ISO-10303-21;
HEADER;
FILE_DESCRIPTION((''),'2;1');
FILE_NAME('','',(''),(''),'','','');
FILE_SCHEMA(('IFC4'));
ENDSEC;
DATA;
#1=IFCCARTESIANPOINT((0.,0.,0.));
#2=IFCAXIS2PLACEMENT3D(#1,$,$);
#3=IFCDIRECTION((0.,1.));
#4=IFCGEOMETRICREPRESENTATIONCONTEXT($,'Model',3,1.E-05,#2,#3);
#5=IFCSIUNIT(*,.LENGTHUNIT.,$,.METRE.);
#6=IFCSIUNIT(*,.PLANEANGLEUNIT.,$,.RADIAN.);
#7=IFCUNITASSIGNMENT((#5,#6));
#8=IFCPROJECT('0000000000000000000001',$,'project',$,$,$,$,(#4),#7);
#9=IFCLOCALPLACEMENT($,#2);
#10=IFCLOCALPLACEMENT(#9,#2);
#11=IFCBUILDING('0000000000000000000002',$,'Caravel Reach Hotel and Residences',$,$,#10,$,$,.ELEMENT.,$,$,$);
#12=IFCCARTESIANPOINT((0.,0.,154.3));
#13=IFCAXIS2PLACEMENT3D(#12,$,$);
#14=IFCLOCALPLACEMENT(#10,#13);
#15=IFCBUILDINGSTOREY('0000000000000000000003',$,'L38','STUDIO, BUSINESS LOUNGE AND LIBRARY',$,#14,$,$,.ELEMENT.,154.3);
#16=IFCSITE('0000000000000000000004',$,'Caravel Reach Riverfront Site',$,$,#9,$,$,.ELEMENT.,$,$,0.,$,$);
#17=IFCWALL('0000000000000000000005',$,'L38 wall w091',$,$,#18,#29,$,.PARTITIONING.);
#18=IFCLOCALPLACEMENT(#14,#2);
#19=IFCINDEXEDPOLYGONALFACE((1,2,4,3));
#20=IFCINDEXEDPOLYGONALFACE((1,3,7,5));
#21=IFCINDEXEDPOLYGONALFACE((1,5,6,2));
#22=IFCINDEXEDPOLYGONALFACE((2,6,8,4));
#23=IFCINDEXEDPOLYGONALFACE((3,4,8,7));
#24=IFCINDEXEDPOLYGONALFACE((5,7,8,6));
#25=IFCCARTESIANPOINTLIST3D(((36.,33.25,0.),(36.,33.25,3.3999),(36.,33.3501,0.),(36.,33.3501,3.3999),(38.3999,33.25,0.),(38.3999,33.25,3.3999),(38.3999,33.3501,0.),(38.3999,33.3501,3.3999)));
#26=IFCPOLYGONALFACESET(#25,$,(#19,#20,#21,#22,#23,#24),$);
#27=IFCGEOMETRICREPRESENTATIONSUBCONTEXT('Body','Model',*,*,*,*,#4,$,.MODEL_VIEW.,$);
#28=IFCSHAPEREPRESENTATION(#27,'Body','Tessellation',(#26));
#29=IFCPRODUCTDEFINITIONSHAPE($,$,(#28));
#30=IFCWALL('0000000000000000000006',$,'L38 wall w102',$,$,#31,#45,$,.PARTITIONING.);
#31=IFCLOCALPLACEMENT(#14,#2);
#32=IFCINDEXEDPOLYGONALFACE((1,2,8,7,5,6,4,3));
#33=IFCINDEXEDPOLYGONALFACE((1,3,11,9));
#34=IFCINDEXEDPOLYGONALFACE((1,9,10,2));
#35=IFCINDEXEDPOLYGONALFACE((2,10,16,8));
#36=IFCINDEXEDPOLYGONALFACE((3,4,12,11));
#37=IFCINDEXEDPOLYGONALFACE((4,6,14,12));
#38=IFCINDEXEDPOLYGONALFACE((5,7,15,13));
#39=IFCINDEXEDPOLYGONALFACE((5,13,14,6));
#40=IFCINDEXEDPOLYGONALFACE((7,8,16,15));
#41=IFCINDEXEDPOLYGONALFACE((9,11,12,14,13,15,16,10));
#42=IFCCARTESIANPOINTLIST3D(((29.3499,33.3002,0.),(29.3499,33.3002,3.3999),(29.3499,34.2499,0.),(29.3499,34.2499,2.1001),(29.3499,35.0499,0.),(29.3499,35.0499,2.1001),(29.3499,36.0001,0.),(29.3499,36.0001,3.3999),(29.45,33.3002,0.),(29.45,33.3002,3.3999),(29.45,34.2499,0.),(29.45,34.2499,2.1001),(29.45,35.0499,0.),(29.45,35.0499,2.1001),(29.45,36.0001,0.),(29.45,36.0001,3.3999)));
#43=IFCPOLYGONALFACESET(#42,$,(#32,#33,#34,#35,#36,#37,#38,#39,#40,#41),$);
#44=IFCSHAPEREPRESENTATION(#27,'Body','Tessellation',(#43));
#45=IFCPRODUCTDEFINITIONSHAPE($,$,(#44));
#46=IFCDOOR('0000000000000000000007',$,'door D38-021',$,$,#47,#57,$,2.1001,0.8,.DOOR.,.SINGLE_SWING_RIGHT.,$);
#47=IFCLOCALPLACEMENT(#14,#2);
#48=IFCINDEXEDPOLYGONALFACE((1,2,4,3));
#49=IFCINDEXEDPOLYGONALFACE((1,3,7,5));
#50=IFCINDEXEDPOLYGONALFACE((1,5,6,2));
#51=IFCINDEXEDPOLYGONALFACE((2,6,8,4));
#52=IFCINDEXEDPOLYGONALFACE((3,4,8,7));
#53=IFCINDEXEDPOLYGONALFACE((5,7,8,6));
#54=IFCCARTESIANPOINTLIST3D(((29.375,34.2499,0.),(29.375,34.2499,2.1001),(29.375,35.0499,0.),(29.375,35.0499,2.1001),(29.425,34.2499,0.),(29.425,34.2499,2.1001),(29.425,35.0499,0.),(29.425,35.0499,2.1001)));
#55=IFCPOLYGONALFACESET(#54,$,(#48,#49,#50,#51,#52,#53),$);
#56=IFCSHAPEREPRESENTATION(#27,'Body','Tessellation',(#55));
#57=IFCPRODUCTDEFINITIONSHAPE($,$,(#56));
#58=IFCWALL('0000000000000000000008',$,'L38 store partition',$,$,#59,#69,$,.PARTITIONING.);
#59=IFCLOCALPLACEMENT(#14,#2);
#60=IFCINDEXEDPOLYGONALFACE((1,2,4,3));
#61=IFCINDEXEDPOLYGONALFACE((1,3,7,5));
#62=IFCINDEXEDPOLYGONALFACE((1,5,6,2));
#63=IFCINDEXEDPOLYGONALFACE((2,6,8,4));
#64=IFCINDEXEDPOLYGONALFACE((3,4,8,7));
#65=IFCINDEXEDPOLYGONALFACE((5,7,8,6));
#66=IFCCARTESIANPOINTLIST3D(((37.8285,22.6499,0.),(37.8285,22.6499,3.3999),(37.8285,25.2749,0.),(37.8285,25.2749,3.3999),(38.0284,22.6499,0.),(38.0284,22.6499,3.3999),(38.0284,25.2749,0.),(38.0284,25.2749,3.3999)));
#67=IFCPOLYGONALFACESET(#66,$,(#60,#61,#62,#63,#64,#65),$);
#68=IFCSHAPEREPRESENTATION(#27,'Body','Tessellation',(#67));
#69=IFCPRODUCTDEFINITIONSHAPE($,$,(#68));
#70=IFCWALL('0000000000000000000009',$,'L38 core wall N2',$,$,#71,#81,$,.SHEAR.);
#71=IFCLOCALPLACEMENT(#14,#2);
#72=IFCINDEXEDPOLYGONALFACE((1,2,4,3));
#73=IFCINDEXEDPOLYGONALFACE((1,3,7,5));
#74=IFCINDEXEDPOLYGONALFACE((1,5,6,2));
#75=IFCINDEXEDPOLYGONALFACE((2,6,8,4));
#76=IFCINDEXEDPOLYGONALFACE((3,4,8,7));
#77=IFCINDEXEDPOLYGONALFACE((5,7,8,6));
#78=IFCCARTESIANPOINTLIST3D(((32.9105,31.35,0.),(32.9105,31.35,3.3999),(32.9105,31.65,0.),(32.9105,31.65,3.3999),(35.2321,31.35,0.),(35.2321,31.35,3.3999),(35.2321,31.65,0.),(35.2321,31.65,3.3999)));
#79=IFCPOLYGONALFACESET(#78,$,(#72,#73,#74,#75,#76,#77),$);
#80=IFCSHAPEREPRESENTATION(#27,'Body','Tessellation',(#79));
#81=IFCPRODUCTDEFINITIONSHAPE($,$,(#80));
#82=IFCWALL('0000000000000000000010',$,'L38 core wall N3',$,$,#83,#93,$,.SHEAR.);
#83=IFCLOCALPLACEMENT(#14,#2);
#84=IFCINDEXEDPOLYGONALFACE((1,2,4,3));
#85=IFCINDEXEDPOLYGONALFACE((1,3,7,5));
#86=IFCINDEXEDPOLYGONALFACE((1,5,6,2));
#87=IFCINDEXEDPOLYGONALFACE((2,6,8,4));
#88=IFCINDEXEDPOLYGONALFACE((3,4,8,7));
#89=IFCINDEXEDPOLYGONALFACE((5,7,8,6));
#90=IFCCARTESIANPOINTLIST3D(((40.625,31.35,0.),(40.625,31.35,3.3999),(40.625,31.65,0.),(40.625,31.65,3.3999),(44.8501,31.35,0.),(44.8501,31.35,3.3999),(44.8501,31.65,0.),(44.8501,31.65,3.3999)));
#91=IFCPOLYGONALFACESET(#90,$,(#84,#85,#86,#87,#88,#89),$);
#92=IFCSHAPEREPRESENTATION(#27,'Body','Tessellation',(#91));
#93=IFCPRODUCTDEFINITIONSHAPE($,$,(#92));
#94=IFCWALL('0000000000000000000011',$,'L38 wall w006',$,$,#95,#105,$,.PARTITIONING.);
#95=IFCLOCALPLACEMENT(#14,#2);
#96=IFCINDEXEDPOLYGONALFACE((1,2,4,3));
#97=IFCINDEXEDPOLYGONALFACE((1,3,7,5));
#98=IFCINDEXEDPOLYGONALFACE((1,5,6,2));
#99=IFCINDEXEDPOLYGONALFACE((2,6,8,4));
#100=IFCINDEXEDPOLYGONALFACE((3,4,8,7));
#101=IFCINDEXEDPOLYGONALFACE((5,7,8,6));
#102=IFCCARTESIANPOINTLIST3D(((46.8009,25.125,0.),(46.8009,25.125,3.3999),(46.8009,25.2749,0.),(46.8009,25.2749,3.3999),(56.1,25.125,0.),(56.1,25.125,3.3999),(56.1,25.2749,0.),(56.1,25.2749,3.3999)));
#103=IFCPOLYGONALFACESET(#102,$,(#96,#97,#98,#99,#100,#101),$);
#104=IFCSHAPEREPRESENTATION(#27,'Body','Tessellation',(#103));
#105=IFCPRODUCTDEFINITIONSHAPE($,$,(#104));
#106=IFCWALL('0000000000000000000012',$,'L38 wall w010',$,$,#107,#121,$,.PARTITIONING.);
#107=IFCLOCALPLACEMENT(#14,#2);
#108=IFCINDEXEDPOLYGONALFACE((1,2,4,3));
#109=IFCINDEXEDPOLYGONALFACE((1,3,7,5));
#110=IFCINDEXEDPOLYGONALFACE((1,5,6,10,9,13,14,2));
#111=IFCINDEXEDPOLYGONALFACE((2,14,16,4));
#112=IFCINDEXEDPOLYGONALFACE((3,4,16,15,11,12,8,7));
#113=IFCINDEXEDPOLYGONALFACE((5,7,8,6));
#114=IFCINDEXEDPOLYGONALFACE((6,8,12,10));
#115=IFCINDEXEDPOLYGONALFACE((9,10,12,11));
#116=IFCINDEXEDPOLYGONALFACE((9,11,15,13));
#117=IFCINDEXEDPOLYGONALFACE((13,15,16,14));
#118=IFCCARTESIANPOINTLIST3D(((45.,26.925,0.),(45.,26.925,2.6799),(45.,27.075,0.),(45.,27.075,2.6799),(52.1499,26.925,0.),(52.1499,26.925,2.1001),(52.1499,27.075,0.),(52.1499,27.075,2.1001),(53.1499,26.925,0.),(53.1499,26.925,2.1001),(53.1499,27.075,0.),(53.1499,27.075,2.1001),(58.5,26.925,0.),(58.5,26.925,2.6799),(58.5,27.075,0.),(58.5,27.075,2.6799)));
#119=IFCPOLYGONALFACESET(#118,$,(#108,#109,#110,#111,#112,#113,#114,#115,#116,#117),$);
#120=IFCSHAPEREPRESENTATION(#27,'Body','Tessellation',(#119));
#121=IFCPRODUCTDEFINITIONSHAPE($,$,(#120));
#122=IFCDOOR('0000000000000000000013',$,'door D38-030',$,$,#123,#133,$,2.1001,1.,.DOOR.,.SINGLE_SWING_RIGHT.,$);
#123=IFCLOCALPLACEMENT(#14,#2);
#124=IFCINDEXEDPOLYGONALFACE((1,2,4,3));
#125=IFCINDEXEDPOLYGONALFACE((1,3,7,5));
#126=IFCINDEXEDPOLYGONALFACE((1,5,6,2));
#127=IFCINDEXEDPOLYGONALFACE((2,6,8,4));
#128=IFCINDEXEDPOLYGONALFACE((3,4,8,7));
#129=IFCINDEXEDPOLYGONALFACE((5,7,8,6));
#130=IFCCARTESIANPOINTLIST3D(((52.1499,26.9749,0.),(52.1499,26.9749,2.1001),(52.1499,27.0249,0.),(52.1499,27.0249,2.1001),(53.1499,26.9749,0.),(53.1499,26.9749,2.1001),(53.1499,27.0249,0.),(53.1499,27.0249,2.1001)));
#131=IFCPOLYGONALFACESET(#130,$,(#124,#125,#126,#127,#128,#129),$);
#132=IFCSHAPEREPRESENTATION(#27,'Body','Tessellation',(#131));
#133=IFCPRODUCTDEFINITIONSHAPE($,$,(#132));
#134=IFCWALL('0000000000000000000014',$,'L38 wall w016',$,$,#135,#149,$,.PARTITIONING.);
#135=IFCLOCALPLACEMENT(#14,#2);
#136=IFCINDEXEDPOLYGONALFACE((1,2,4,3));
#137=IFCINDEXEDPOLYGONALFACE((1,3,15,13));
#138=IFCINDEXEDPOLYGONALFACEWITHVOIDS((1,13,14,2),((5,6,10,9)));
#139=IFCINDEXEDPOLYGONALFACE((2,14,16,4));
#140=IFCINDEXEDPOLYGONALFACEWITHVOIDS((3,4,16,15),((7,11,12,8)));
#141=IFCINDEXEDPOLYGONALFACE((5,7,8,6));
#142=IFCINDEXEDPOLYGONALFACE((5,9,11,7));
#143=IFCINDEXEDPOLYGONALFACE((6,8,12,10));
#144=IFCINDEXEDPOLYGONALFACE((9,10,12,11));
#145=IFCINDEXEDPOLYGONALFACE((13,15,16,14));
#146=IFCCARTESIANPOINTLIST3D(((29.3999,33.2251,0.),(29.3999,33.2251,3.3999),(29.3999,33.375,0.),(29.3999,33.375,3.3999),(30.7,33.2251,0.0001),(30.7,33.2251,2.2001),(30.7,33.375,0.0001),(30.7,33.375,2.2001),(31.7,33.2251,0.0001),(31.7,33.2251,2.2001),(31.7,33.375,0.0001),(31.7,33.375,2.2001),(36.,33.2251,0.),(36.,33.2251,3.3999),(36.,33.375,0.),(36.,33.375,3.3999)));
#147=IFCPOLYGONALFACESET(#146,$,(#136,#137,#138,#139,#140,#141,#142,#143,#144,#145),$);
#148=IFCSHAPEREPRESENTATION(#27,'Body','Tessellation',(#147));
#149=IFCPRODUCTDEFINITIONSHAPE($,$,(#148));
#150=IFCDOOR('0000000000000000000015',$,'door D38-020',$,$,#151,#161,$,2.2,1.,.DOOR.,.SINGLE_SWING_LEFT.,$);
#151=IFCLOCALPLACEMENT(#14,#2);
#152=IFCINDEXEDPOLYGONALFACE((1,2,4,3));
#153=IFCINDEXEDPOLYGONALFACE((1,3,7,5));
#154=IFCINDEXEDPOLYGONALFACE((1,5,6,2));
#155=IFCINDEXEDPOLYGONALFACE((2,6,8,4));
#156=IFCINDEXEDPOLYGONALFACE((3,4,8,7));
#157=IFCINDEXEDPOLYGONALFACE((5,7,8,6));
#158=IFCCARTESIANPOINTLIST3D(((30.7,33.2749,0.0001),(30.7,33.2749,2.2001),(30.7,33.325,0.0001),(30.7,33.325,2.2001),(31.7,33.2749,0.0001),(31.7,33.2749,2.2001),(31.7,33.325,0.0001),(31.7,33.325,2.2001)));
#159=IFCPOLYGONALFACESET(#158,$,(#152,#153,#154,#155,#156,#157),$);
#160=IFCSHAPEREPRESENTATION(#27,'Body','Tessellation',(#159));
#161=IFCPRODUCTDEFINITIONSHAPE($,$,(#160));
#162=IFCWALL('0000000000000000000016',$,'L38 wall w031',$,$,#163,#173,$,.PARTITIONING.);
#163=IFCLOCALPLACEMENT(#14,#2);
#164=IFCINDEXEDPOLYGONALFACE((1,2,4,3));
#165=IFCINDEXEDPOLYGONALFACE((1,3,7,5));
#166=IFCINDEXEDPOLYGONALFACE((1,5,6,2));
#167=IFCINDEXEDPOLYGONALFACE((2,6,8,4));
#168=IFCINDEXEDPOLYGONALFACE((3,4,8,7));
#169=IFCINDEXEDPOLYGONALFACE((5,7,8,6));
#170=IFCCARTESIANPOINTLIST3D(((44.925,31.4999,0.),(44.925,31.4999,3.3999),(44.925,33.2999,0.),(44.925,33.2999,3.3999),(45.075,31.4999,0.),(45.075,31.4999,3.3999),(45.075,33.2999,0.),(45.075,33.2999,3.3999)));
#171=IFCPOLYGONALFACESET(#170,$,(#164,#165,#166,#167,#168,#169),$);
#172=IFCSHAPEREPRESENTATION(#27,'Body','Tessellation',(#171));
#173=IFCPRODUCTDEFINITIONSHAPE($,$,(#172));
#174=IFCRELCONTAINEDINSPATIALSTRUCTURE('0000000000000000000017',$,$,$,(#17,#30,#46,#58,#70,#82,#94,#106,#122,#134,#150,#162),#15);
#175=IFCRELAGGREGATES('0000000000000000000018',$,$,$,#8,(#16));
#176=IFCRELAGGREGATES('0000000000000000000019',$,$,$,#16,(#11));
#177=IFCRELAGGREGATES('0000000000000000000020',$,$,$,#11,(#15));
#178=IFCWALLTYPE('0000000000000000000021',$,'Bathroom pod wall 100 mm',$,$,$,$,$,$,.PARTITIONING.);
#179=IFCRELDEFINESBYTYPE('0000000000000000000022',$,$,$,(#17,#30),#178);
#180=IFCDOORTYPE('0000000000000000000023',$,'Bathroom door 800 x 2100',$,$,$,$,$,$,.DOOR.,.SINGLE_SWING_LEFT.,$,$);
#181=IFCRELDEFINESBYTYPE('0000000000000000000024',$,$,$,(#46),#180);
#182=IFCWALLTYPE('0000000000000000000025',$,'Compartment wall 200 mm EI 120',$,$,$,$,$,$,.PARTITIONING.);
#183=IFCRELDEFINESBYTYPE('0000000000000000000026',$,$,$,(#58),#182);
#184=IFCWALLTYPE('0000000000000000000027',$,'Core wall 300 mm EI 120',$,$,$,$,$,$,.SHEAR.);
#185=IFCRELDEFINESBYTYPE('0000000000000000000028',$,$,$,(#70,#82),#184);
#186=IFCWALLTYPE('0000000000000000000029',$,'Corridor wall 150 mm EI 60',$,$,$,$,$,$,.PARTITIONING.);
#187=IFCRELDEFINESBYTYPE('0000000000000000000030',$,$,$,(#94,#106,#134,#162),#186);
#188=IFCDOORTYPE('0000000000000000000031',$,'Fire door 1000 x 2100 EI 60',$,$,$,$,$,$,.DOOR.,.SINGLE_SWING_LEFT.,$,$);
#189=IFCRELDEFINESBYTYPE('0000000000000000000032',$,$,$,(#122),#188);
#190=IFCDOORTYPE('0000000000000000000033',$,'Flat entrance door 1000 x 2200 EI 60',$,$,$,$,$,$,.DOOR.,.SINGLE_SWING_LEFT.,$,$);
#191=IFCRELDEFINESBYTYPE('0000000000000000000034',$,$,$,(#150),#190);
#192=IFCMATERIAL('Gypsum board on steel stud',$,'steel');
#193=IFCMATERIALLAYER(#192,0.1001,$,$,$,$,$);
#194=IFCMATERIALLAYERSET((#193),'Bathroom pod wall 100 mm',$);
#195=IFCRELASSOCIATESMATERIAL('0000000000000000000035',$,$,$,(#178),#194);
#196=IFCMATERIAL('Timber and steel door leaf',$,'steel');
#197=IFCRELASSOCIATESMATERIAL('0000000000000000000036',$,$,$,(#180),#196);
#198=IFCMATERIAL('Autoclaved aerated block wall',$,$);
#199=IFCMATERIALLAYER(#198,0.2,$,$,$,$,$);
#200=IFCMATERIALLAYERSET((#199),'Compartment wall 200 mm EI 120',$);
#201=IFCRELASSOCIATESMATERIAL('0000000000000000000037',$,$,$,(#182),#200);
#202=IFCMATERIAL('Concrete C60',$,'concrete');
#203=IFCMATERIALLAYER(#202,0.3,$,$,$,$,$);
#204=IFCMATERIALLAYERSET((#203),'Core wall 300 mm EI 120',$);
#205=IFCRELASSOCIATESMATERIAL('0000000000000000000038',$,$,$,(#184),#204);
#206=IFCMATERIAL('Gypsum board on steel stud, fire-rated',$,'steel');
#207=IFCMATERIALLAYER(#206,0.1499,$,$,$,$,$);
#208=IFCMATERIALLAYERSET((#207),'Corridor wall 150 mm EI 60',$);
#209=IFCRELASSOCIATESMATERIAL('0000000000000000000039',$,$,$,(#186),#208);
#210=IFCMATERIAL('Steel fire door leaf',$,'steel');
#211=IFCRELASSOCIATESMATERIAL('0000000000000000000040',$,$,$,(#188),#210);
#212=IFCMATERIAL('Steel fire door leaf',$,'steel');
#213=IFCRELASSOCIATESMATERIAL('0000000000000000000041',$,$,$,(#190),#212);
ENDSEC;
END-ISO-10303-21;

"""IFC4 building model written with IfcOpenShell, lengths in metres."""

from ifc_helpers import new_model, si_unit, direction, frame, frame_2d, origin, place, context, subcontext, project, spatial, rectangle, extrude, material, layer, layer_set, type_object, element, fill, save


model = new_model("IFC4")

# Units and contexts
model_context = context("Model", 3, precision=1e-05, world=origin(), true_north=direction((0.0, 1.0)))
body_context = subcontext(model_context, "Body", "Model", "MODEL_VIEW")
ifc_project = project(units=[si_unit("LENGTHUNIT", "METRE"), si_unit("PLANEANGLEUNIT", "RADIAN")], contexts=[model_context])

# Site, building, storey
site_placement = place(None, origin())
site = spatial("IfcSite", under=ifc_project, at=site_placement, Name="Caravel Reach Riverfront Site", CompositionType="ELEMENT", RefElevation=0.0)
building_placement = place(site_placement, origin())
building = spatial("IfcBuilding", under=site, at=building_placement, Name="Caravel Reach Hotel and Residences", CompositionType="ELEMENT")
storey_placement = place(building_placement, frame((0.0, 0.0, 154.3)))
storey = spatial("IfcBuildingStorey", under=building, at=storey_placement, Name="L38", Description="STUDIO, BUSINESS LOUNGE AND LIBRARY", CompositionType="ELEMENT", Elevation=154.3)

# Wall
ifc_material_1 = material(Name="Gypsum board on steel stud", Category="steel")
ifc_layer_1 = layer(ifc_material_1, 0.1001)
ifc_layer_set_1 = layer_set([ifc_layer_1], Name="Bathroom pod wall 100 mm")
wall_type_1 = type_object("IfcWallType", Name="Bathroom pod wall 100 mm", PredefinedType="PARTITIONING", material=ifc_layer_set_1)
wall_1_placement = place(storey_placement, frame((36.0, 33.3, 0.0), z_axis=(0.0, 0.0, 1.0), x_axis=(1.0, 0.0, 0.0)))
element("IfcWall", 1, at=wall_1_placement, inside=storey, type_object=wall_type_1, Name="L38 wall w091", PredefinedType="PARTITIONING", context=body_context, shape_type="SweptSolid", body=[
    extrude(rectangle(XDim=2.3999, YDim=0.1001, at=frame_2d((1.2, 0.0))), origin(), (0.0, 0.0, 1.0), 3.3999),
])

# Wall, opening, door
wall_2_placement = place(storey_placement, frame((29.3999, 33.3, 0.0), z_axis=(0.0, 0.0, 1.0), x_axis=(0.0, 1.0, 0.0)))
wall_2 = element("IfcWall", 2, at=wall_2_placement, inside=storey, type_object=wall_type_1, Name="L38 wall w102", PredefinedType="PARTITIONING", context=body_context, shape_type="SweptSolid", body=[
    extrude(rectangle(XDim=2.7, YDim=0.1001, at=frame_2d((1.3501, 0.0))), origin(), (0.0, 0.0, 1.0), 3.3999),
])
opening_1_placement = place(wall_2_placement, frame((0.95, 0.0, 0.0)))
opening_1 = element("IfcOpeningElement", 3, at=opening_1_placement, cuts=wall_2, PredefinedType="OPENING", context=body_context, shape_type="SweptSolid", body=[
    extrude(rectangle(XDim=0.8, YDim=2.1001, at=frame_2d((0.3999, 1.05))), frame((0.0, 0.0601, 0.0), z_axis=(0.0, -1.0, 0.0), x_axis=(1.0, 0.0, 0.0)), (0.0, 0.0, 1.0), 0.1201),
])
ifc_material_2 = material(Name="Timber and steel door leaf", Category="steel")
door_type_1 = type_object("IfcDoorType", Name="Bathroom door 800 x 2100", OperationType="SINGLE_SWING_LEFT", PredefinedType="DOOR", material=ifc_material_2)
door_1_placement = place(opening_1_placement, origin())
door_1 = element("IfcDoor", 4, at=door_1_placement, inside=storey, type_object=door_type_1, Name="door D38-021", OperationType="SINGLE_SWING_RIGHT", OverallHeight=2.1001, OverallWidth=0.8, PredefinedType="DOOR", context=body_context, shape_type="SweptSolid", body=[
    extrude(rectangle(XDim=0.8, YDim=2.1001, at=frame_2d((0.3999, 1.05))), frame((0.0, 0.0249, 0.0), z_axis=(0.0, -1.0, 0.0), x_axis=(1.0, 0.0, 0.0)), (0.0, 0.0, 1.0), 0.05),
])
fill(opening_1, door_1)

# Walls
ifc_material_3 = material(Name="Autoclaved aerated block wall")
ifc_layer_2 = layer(ifc_material_3, 0.2)
ifc_layer_set_2 = layer_set([ifc_layer_2], Name="Compartment wall 200 mm EI 120")
wall_type_2 = type_object("IfcWallType", Name="Compartment wall 200 mm EI 120", PredefinedType="PARTITIONING", material=ifc_layer_set_2)
wall_3_placement = place(storey_placement, frame((37.9285, 22.6499, 0.0), z_axis=(0.0, 0.0, 1.0), x_axis=(0.0, 1.0, 0.0)))
element("IfcWall", 5, at=wall_3_placement, inside=storey, type_object=wall_type_2, Name="L38 store partition", PredefinedType="PARTITIONING", context=body_context, shape_type="SweptSolid", body=[
    extrude(rectangle(XDim=2.625, YDim=0.2, at=frame_2d((1.3125, 0.0))), origin(), (0.0, 0.0, 1.0), 3.3999),
])
ifc_material_4 = material(Name="Concrete C60", Category="concrete")
ifc_layer_3 = layer(ifc_material_4, 0.3)
ifc_layer_set_3 = layer_set([ifc_layer_3], Name="Core wall 300 mm EI 120")
wall_type_3 = type_object("IfcWallType", Name="Core wall 300 mm EI 120", PredefinedType="SHEAR", material=ifc_layer_set_3)
wall_4_placement = place(storey_placement, frame((32.9106, 31.5, 0.0), z_axis=(0.0, 0.0, 1.0), x_axis=(1.0, 0.0, 0.0)))
element("IfcWall", 6, at=wall_4_placement, inside=storey, type_object=wall_type_3, Name="L38 core wall N2", PredefinedType="SHEAR", context=body_context, shape_type="SweptSolid", body=[
    extrude(rectangle(XDim=2.3215, YDim=0.3, at=frame_2d((1.1606, 0.0))), origin(), (0.0, 0.0, 1.0), 3.3999),
])
wall_5_placement = place(storey_placement, frame((40.625, 31.5, 0.0), z_axis=(0.0, 0.0, 1.0), x_axis=(1.0, 0.0, 0.0)))
element("IfcWall", 7, at=wall_5_placement, inside=storey, type_object=wall_type_3, Name="L38 core wall N3", PredefinedType="SHEAR", context=body_context, shape_type="SweptSolid", body=[
    extrude(rectangle(XDim=4.2251, YDim=0.3, at=frame_2d((2.1125, 0.0))), origin(), (0.0, 0.0, 1.0), 3.3999),
])
ifc_material_5 = material(Name="Gypsum board on steel stud, fire-rated", Category="steel")
ifc_layer_4 = layer(ifc_material_5, 0.1499)
ifc_layer_set_4 = layer_set([ifc_layer_4], Name="Corridor wall 150 mm EI 60")
wall_type_4 = type_object("IfcWallType", Name="Corridor wall 150 mm EI 60", PredefinedType="PARTITIONING", material=ifc_layer_set_4)
wall_6_placement = place(storey_placement, frame((46.801, 25.2, 0.0), z_axis=(0.0, 0.0, 1.0), x_axis=(1.0, 0.0, 0.0)))
element("IfcWall", 8, at=wall_6_placement, inside=storey, type_object=wall_type_4, Name="L38 wall w006", PredefinedType="PARTITIONING", context=body_context, shape_type="SweptSolid", body=[
    extrude(rectangle(XDim=9.2991, YDim=0.1499, at=frame_2d((4.6494, 0.0))), origin(), (0.0, 0.0, 1.0), 3.3999),
])

# Walls, openings, doors
wall_7_placement = place(storey_placement, frame((45.0, 27.0, 0.0), z_axis=(0.0, 0.0, 1.0), x_axis=(1.0, 0.0, 0.0)))
wall_7 = element("IfcWall", 9, at=wall_7_placement, inside=storey, type_object=wall_type_4, Name="L38 wall w010", PredefinedType="PARTITIONING", context=body_context, shape_type="SweptSolid", body=[
    extrude(rectangle(XDim=13.5, YDim=0.1499, at=frame_2d((6.75, 0.0))), origin(), (0.0, 0.0, 1.0), 2.6799),
])
opening_2_placement = place(wall_7_placement, frame((7.1499, 0.0, 0.0)))
opening_2 = element("IfcOpeningElement", 10, at=opening_2_placement, cuts=wall_7, PredefinedType="OPENING", context=body_context, shape_type="SweptSolid", body=[
    extrude(rectangle(XDim=1.0, YDim=2.1001, at=frame_2d((0.5, 1.05))), frame((0.0, 0.085, 0.0), z_axis=(0.0, -1.0, 0.0), x_axis=(1.0, 0.0, 0.0)), (0.0, 0.0, 1.0), 0.1699),
])
ifc_material_6 = material(Name="Steel fire door leaf", Category="steel")
door_type_2 = type_object("IfcDoorType", Name="Fire door 1000 x 2100 EI 60", OperationType="SINGLE_SWING_LEFT", PredefinedType="DOOR", material=ifc_material_6)
door_2_placement = place(opening_2_placement, origin())
door_2 = element("IfcDoor", 11, at=door_2_placement, inside=storey, type_object=door_type_2, Name="door D38-030", OperationType="SINGLE_SWING_RIGHT", OverallHeight=2.1001, OverallWidth=1.0, PredefinedType="DOOR", context=body_context, shape_type="SweptSolid", body=[
    extrude(rectangle(XDim=1.0, YDim=2.1001, at=frame_2d((0.5, 1.05))), frame((0.0, 0.0249, 0.0), z_axis=(0.0, -1.0, 0.0), x_axis=(1.0, 0.0, 0.0)), (0.0, 0.0, 1.0), 0.05),
])
fill(opening_2, door_2)
wall_8_placement = place(storey_placement, frame((29.3999, 33.3, 0.0), z_axis=(0.0, 0.0, 1.0), x_axis=(1.0, 0.0, 0.0)))
wall_8 = element("IfcWall", 12, at=wall_8_placement, inside=storey, type_object=wall_type_4, Name="L38 wall w016", PredefinedType="PARTITIONING", context=body_context, shape_type="SweptSolid", body=[
    extrude(rectangle(XDim=6.6001, YDim=0.1499, at=frame_2d((3.3, 0.0))), origin(), (0.0, 0.0, 1.0), 3.3999),
])
opening_3_placement = place(wall_8_placement, frame((1.3, 0.0, 0.0)))
opening_3 = element("IfcOpeningElement", 13, at=opening_3_placement, cuts=wall_8, PredefinedType="OPENING", context=body_context, shape_type="SweptSolid", body=[
    extrude(rectangle(XDim=1.0, YDim=2.2, at=frame_2d((0.5, 1.1001))), frame((0.0, 0.085, 0.0), z_axis=(0.0, -1.0, 0.0), x_axis=(1.0, 0.0, 0.0)), (0.0, 0.0, 1.0), 0.1699),
])
ifc_material_7 = material(Name="Steel fire door leaf", Category="steel")
door_type_3 = type_object("IfcDoorType", Name="Flat entrance door 1000 x 2200 EI 60", OperationType="SINGLE_SWING_LEFT", PredefinedType="DOOR", material=ifc_material_7)
door_3_placement = place(opening_3_placement, origin())
door_3 = element("IfcDoor", 14, at=door_3_placement, inside=storey, type_object=door_type_3, Name="door D38-020", OperationType="SINGLE_SWING_LEFT", OverallHeight=2.2, OverallWidth=1.0, PredefinedType="DOOR", context=body_context, shape_type="SweptSolid", body=[
    extrude(rectangle(XDim=1.0, YDim=2.2, at=frame_2d((0.5, 1.1001))), frame((0.0, 0.0249, 0.0), z_axis=(0.0, -1.0, 0.0), x_axis=(1.0, 0.0, 0.0)), (0.0, 0.0, 1.0), 0.05),
])
fill(opening_3, door_3)

# Wall
wall_9_placement = place(storey_placement, frame((45.0, 31.5, 0.0), z_axis=(0.0, 0.0, 1.0), x_axis=(0.0, 1.0, 0.0)))
element("IfcWall", 15, at=wall_9_placement, inside=storey, type_object=wall_type_4, Name="L38 wall w031", PredefinedType="PARTITIONING", context=body_context, shape_type="SweptSolid", body=[
    extrude(rectangle(XDim=1.8, YDim=0.1499, at=frame_2d((0.8999, 0.0))), origin(), (0.0, 0.0, 1.0), 3.3999),
])

save(model, "model.ifc")
